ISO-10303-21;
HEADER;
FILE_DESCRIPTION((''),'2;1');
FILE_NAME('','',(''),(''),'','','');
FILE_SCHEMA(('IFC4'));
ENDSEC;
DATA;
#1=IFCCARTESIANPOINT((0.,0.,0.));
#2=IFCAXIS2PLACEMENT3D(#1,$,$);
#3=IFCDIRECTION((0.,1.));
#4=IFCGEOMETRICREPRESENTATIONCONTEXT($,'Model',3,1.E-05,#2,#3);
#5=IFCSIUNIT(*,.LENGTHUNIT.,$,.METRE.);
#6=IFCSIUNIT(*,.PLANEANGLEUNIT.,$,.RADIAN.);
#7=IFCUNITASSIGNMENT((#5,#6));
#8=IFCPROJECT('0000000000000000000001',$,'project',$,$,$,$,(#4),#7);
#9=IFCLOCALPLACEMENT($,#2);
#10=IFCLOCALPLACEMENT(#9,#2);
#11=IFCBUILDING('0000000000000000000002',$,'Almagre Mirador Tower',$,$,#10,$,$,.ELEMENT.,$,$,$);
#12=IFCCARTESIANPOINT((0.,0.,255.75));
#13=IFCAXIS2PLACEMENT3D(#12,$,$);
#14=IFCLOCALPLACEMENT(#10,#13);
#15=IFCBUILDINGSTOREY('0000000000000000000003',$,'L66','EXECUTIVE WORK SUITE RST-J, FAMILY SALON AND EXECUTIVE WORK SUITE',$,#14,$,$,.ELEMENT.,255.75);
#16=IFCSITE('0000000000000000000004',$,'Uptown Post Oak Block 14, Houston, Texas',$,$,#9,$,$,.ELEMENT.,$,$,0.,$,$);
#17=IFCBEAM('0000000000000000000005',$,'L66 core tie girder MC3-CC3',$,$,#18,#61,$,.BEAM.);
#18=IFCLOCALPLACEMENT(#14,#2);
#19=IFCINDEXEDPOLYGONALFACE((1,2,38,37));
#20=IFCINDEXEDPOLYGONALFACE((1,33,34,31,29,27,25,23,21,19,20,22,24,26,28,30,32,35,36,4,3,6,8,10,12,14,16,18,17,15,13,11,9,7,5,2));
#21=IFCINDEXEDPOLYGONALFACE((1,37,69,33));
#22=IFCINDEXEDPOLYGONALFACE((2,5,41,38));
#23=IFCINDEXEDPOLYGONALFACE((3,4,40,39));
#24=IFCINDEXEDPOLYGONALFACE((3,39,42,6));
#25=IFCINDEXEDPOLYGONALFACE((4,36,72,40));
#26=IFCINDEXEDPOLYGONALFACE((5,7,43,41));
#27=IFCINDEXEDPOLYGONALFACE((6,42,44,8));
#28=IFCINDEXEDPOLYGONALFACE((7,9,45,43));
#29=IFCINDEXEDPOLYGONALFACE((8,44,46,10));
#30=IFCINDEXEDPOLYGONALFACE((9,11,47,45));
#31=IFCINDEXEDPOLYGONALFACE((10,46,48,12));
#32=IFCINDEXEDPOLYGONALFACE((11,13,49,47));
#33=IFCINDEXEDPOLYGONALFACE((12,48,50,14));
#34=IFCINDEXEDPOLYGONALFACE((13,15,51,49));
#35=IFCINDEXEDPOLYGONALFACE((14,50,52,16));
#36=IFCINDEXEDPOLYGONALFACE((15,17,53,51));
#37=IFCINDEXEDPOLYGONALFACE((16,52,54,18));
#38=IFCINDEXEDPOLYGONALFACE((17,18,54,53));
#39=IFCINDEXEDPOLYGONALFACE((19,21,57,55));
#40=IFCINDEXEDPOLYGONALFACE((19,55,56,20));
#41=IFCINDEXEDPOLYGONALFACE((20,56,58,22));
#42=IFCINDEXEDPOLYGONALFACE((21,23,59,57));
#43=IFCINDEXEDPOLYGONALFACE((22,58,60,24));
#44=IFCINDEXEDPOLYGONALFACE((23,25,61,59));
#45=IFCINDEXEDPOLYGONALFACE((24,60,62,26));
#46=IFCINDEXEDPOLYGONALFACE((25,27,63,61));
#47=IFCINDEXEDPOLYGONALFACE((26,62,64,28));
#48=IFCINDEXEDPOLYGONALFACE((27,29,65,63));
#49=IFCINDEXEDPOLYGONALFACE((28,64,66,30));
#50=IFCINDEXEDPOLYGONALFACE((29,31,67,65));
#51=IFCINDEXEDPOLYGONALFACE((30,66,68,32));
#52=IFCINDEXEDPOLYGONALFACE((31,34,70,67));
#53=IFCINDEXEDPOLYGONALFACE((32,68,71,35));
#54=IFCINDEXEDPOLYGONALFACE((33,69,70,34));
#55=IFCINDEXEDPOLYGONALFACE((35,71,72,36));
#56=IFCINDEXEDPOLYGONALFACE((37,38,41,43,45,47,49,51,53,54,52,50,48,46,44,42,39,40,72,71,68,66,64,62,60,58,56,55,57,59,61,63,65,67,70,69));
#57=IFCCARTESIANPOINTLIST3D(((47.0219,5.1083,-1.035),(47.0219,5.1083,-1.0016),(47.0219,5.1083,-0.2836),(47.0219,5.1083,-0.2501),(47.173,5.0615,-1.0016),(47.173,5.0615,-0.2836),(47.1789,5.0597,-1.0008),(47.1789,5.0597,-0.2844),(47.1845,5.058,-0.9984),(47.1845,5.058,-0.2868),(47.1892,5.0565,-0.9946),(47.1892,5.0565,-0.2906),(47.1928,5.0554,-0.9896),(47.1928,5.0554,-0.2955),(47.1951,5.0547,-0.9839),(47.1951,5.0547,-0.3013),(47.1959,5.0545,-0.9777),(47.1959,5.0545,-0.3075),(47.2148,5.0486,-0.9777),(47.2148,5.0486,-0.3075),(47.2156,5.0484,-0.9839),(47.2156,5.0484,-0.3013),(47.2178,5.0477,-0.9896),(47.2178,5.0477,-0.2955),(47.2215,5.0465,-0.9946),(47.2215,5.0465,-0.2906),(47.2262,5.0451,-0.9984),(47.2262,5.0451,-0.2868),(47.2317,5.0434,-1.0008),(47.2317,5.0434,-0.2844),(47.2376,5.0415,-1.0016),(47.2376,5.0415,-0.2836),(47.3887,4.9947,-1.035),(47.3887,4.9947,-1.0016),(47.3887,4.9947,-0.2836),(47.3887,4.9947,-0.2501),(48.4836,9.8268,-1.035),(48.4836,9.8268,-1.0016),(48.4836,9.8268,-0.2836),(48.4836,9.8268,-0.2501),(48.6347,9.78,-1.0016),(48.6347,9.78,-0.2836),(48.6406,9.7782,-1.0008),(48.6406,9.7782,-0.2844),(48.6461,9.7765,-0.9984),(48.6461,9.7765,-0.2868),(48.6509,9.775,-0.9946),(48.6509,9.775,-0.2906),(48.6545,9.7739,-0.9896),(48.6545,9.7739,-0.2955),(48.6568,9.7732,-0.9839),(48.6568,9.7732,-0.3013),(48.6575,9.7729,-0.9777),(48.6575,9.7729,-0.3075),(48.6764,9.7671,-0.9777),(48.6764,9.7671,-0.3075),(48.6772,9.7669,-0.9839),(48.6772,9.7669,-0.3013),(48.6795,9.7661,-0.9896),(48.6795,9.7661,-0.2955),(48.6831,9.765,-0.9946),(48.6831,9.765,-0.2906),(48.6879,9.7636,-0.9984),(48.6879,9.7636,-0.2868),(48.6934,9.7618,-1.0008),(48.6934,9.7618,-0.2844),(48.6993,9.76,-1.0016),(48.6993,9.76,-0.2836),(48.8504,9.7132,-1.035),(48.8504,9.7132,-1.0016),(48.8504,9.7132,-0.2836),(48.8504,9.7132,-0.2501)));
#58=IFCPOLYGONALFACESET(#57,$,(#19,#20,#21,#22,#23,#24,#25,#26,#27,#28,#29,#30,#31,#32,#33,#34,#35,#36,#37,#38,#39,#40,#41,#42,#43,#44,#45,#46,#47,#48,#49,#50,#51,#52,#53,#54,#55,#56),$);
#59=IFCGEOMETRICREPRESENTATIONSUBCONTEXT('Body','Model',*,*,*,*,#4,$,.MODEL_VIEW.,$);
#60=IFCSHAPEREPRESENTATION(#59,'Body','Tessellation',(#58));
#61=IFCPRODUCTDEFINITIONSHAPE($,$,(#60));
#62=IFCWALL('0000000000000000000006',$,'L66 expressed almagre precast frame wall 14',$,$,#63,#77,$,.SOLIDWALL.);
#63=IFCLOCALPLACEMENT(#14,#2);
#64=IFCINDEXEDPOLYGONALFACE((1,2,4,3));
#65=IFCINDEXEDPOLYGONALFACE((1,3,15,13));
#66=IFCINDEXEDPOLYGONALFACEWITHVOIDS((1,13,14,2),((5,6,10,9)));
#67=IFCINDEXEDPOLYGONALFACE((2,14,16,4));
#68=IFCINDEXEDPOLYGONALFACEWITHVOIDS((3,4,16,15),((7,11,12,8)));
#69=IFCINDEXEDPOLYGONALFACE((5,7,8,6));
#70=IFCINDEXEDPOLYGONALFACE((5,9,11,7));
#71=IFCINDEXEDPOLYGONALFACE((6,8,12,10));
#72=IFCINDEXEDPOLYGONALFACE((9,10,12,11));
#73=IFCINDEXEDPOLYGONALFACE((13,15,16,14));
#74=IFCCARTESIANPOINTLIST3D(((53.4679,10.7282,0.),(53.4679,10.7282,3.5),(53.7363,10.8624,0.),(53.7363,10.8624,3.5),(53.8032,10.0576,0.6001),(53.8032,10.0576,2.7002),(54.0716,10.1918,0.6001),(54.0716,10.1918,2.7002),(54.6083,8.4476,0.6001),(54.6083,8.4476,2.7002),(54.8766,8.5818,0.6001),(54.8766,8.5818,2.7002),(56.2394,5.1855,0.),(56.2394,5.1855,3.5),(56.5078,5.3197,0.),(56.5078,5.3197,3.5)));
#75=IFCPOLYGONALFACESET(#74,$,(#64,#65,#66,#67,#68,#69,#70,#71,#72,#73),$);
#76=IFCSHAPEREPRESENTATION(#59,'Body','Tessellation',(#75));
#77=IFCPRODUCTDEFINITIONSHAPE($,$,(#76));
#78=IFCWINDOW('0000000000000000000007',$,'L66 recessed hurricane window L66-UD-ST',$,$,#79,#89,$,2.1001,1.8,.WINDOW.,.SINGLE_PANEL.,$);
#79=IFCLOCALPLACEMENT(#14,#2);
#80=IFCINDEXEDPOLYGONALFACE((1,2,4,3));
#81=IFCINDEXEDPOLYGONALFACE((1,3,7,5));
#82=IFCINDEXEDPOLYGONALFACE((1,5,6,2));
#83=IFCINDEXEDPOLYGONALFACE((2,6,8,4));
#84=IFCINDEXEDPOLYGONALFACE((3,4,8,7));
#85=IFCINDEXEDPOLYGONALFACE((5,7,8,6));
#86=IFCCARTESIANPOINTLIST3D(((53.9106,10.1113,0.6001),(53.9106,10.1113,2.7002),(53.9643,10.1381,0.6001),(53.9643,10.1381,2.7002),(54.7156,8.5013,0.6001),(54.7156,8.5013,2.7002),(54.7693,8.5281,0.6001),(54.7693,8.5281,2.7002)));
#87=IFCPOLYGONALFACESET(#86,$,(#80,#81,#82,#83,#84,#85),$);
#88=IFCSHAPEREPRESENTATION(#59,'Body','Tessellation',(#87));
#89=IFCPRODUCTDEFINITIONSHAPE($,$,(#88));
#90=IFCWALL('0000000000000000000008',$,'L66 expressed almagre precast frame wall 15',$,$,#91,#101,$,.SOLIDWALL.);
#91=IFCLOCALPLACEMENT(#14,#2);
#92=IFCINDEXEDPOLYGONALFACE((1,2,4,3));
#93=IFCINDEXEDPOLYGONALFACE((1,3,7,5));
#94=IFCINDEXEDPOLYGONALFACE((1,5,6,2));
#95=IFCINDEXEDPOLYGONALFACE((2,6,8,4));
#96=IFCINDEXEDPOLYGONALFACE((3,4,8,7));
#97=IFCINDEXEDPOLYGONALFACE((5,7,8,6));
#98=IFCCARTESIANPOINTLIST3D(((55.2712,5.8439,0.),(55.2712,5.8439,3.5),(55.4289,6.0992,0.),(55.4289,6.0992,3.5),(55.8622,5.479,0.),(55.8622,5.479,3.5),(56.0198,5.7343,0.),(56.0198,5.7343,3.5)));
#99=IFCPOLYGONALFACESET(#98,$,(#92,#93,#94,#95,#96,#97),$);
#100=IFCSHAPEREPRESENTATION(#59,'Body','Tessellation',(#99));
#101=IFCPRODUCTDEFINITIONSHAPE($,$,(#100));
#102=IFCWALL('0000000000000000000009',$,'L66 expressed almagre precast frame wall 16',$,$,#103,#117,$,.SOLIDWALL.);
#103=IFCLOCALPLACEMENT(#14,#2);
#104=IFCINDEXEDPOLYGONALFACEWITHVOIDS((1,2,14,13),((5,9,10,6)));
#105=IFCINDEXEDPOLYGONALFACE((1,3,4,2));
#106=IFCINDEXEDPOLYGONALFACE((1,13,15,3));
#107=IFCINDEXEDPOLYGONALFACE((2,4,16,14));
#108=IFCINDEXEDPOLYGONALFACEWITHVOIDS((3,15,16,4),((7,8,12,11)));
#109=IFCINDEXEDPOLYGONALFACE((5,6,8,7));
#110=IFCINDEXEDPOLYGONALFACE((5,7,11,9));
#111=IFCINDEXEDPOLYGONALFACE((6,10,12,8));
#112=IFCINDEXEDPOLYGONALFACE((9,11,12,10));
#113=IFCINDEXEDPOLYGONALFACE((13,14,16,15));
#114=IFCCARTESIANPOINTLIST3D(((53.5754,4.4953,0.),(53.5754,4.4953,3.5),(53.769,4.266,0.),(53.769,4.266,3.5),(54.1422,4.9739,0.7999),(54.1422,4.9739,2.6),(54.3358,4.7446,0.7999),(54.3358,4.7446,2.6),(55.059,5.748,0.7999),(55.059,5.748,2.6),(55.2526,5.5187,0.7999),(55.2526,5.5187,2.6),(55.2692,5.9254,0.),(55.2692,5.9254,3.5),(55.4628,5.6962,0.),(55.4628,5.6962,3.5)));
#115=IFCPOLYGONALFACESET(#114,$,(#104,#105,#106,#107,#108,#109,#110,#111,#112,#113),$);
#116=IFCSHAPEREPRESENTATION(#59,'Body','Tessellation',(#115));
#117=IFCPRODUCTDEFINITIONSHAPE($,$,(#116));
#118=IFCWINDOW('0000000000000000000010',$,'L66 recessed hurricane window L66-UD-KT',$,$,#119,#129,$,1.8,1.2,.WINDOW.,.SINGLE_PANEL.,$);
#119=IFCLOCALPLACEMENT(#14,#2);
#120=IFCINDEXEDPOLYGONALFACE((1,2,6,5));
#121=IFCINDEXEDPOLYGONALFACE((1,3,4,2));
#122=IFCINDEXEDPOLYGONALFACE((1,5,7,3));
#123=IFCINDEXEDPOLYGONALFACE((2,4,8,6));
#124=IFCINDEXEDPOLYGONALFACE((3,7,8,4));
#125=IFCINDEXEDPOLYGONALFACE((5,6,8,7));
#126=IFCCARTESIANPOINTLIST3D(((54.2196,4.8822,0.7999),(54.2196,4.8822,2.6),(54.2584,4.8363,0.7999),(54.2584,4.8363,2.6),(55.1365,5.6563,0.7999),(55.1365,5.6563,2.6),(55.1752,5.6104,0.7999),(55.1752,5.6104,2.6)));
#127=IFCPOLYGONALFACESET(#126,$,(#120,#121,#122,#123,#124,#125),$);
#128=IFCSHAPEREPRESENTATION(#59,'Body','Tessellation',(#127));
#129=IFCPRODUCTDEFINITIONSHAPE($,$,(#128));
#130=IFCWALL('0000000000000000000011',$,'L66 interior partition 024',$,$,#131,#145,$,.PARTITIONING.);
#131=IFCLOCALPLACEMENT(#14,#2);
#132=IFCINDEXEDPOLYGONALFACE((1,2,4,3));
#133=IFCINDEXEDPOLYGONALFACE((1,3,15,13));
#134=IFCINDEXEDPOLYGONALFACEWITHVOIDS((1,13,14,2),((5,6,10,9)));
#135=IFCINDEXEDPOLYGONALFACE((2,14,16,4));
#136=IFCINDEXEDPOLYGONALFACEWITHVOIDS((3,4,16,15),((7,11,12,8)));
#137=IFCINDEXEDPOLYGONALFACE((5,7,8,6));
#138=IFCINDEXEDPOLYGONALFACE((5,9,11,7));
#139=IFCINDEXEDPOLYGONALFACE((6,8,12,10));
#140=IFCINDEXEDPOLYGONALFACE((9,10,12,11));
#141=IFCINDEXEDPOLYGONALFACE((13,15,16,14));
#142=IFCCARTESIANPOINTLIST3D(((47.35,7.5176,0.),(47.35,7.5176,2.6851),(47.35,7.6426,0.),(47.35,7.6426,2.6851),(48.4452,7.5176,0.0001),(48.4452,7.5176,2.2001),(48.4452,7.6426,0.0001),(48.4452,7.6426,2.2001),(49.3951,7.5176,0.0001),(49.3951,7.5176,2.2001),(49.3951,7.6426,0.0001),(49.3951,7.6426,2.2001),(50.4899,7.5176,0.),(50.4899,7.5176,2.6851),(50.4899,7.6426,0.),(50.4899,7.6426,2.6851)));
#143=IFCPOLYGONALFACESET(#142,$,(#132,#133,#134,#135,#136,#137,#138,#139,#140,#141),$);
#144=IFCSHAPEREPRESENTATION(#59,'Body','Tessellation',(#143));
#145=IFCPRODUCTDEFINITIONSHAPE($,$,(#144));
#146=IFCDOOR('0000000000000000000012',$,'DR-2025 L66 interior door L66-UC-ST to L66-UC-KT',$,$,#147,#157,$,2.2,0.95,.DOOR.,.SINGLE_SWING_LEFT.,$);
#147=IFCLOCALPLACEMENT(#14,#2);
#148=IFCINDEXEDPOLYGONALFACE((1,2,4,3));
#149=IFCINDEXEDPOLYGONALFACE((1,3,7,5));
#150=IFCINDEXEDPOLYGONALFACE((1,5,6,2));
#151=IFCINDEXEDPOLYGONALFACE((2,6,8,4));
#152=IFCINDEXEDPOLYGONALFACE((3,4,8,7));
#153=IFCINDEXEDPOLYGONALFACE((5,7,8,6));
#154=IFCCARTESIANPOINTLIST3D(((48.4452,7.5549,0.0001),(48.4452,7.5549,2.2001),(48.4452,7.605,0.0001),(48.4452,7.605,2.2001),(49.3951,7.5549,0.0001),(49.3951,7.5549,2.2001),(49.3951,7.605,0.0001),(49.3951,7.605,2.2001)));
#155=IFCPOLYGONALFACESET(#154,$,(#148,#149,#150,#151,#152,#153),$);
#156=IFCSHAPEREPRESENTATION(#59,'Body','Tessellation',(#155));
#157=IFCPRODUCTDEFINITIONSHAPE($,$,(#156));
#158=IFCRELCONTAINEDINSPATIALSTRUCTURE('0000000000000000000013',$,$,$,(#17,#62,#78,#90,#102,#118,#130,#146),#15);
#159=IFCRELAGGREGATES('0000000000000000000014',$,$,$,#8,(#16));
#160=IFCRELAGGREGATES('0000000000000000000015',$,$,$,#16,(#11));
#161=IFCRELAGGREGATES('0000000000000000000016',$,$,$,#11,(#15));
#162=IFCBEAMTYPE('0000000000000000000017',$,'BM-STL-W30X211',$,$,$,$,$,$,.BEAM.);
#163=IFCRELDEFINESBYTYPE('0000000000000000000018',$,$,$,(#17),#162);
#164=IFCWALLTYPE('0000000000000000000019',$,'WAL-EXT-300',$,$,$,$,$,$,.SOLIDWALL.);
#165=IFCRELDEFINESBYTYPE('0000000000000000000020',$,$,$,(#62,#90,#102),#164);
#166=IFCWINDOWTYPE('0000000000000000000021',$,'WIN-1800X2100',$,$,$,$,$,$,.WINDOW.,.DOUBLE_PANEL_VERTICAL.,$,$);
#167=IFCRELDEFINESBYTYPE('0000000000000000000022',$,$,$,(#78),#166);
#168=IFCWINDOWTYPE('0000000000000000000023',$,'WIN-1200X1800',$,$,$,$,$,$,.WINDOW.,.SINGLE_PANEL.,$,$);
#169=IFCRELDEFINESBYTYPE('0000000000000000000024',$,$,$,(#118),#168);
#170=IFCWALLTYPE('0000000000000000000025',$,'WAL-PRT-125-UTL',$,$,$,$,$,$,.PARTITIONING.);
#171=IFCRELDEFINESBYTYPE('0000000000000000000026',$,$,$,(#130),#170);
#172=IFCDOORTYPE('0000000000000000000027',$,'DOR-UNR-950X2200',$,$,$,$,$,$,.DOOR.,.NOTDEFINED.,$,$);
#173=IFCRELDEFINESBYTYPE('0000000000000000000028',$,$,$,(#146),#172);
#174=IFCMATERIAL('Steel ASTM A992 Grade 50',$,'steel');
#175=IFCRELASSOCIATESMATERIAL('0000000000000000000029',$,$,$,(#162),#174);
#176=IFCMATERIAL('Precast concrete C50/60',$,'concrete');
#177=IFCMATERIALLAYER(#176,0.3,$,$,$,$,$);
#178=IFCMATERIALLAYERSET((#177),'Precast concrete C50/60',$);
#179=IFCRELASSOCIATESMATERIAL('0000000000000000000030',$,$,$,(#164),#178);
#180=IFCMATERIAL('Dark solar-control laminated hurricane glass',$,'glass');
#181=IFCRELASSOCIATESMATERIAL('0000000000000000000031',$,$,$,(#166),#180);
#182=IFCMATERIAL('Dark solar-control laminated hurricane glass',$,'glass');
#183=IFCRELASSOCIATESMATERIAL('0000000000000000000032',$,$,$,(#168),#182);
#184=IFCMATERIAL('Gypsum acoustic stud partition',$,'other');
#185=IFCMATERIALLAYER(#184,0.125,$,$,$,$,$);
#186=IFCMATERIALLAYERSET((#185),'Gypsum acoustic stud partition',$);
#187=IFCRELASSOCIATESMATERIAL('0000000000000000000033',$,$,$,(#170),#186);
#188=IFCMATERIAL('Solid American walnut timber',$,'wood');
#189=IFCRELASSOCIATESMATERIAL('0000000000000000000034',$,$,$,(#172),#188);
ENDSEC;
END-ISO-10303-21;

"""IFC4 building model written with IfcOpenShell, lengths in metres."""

from ifc_helpers import new_model, si_unit, direction, frame, frame_2d, origin, origin_2d, place, context, subcontext, project, spatial, rectangle, i_section, extrude, material, layer, layer_set, material_profile, profile_set, type_object, element, fill, save


model = new_model("IFC4")

# Units and contexts
model_context = context("Model", 3, precision=1e-05, world=origin(), true_north=direction((0.0, 1.0)))
body_context = subcontext(model_context, "Body", "Model", "MODEL_VIEW")
ifc_project = project(units=[si_unit("LENGTHUNIT", "METRE"), si_unit("PLANEANGLEUNIT", "RADIAN")], contexts=[model_context])

# Site, building, storey
site_placement = place(None, origin())
site = spatial("IfcSite", under=ifc_project, at=site_placement, Name="Uptown Post Oak Block 14, Houston, Texas", CompositionType="ELEMENT", RefElevation=0.0)
building_placement = place(site_placement, origin())
building = spatial("IfcBuilding", under=site, at=building_placement, Name="Almagre Mirador Tower", CompositionType="ELEMENT")
storey_placement = place(building_placement, frame((0.0, 0.0, 255.75)))
storey = spatial("IfcBuildingStorey", under=building, at=storey_placement, Name="L66", Description="EXECUTIVE WORK SUITE RST-J, FAMILY SALON AND EXECUTIVE WORK SUITE", CompositionType="ELEMENT", Elevation=255.75)

# Beam
ifc_material_1 = material(Name="Steel ASTM A992 Grade 50", Category="steel")
ifc_material_profile_1 = material_profile(ifc_material_1, i_section(OverallWidth=0.384, OverallDepth=0.7849, WebThickness=0.0198, FlangeThickness=0.0334, FilletRadius=0.0239, at=origin_2d()), Name="W30X211")
ifc_profile_set_1 = profile_set([ifc_material_profile_1], Name="Steel ASTM A992 Grade 50")
beam_type_1 = type_object("IfcBeamType", Name="BM-STL-W30X211", PredefinedType="BEAM", material=ifc_profile_set_1)
beam_1_placement = place(storey_placement, frame((48.667, 9.77, -0.6426), z_axis=(-0.295902, -0.955218, 0.0), x_axis=(0.955218, -0.295902, 0.0)))
element("IfcBeam", 1, at=beam_1_placement, inside=storey, type_object=beam_type_1, Name="L66 core tie girder MC3-CC3", PredefinedType="BEAM", context=body_context, shape_type="SweptSolid", body=[
    extrude(i_section(OverallWidth=0.384, OverallDepth=0.7849, WebThickness=0.0198, FlangeThickness=0.0334, FilletRadius=0.0239, at=origin_2d()), origin(), (0.0, 0.0, 1.0), 4.9397),
])

# Wall, opening, window
ifc_material_2 = material(Name="Precast concrete C50/60", Category="concrete")
ifc_layer_1 = layer(ifc_material_2, 0.3)
ifc_layer_set_1 = layer_set([ifc_layer_1], Name="Precast concrete C50/60")
wall_type_1 = type_object("IfcWallType", Name="WAL-EXT-300", PredefinedType="SOLIDWALL", material=ifc_layer_set_1)
wall_1_placement = place(storey_placement, frame((53.6021, 10.7954, 0.0), z_axis=(0.0, 0.0, 1.0), x_axis=(0.447229, -0.894419, 0.0)))
wall_1 = element("IfcWall", 2, at=wall_1_placement, inside=storey, type_object=wall_type_1, Name="L66 expressed almagre precast frame wall 14", PredefinedType="SOLIDWALL", context=body_context, shape_type="SweptSolid", body=[
    extrude(rectangle(XDim=6.197, YDim=0.3, at=frame_2d((3.0986, 0.0))), origin(), (0.0, 0.0, 1.0), 3.5),
])
opening_1_placement = place(wall_1_placement, frame((0.75, 0.0, 0.6001)))
opening_1 = element("IfcOpeningElement", 3, at=opening_1_placement, cuts=wall_1, PredefinedType="OPENING", context=body_context, shape_type="SweptSolid", body=[
    extrude(rectangle(XDim=1.8, YDim=2.1001, at=frame_2d((0.8999, 1.05))), frame((0.0, 0.1599, 0.0), z_axis=(0.0, -1.0, 0.0), x_axis=(1.0, 0.0, 0.0)), (0.0, 0.0, 1.0), 0.32),
])
ifc_material_3 = material(Name="Dark solar-control laminated hurricane glass", Category="glass")
window_type_1 = type_object("IfcWindowType", Name="WIN-1800X2100", PartitioningType="DOUBLE_PANEL_VERTICAL", PredefinedType="WINDOW", material=ifc_material_3)
window_1_placement = place(opening_1_placement, origin())
window_1 = element("IfcWindow", 4, at=window_1_placement, inside=storey, type_object=window_type_1, Name="L66 recessed hurricane window L66-UD-ST", OverallHeight=2.1001, OverallWidth=1.8, PartitioningType="SINGLE_PANEL", PredefinedType="WINDOW", context=body_context, shape_type="SweptSolid", body=[
    extrude(rectangle(XDim=1.8, YDim=2.1001, at=frame_2d((0.8999, 1.05))), frame((0.0, 0.03, 0.0), z_axis=(0.0, -1.0, 0.0), x_axis=(1.0, 0.0, 0.0)), (0.0, 0.0, 1.0), 0.0601),
])
fill(opening_1, window_1)

# Wall
wall_2_placement = place(storey_placement, frame((55.9409, 5.6067, 0.0), z_axis=(0.0, 0.0, 1.0), x_axis=(-0.850849, 0.525411, 0.0)))
element("IfcWall", 5, at=wall_2_placement, inside=storey, type_object=wall_type_1, Name="L66 expressed almagre precast frame wall 15", PredefinedType="SOLIDWALL", context=body_context, shape_type="SweptSolid", body=[
    extrude(rectangle(XDim=0.6946, YDim=0.3, at=frame_2d((0.3472, 0.0))), origin(), (0.0, 0.0, 1.0), 3.5),
])

# Wall, opening, window
wall_3_placement = place(storey_placement, frame((55.366, 5.8108, 0.0), z_axis=(0.0, 0.0, 1.0), x_axis=(-0.764071, -0.645132, 0.0)))
wall_3 = element("IfcWall", 6, at=wall_3_placement, inside=storey, type_object=wall_type_1, Name="L66 expressed almagre precast frame wall 16", PredefinedType="SOLIDWALL", context=body_context, shape_type="SweptSolid", body=[
    extrude(rectangle(XDim=2.2168, YDim=0.3, at=frame_2d((1.1084, 0.0))), origin(), (0.0, 0.0, 1.0), 3.5),
])
opening_2_placement = place(wall_3_placement, frame((0.2749, 0.0, 0.8)))
opening_2 = element("IfcOpeningElement", 7, at=opening_2_placement, cuts=wall_3, PredefinedType="OPENING", context=body_context, shape_type="SweptSolid", body=[
    extrude(rectangle(XDim=1.2, YDim=1.8, at=frame_2d((0.6001, 0.8999))), frame((0.0, 0.1599, 0.0), z_axis=(0.0, -1.0, 0.0), x_axis=(1.0, 0.0, 0.0)), (0.0, 0.0, 1.0), 0.32),
])
ifc_material_4 = material(Name="Dark solar-control laminated hurricane glass", Category="glass")
window_type_2 = type_object("IfcWindowType", Name="WIN-1200X1800", PartitioningType="SINGLE_PANEL", PredefinedType="WINDOW", material=ifc_material_4)
window_2_placement = place(opening_2_placement, origin())
window_2 = element("IfcWindow", 8, at=window_2_placement, inside=storey, type_object=window_type_2, Name="L66 recessed hurricane window L66-UD-KT", OverallHeight=1.8, OverallWidth=1.2, PartitioningType="SINGLE_PANEL", PredefinedType="WINDOW", context=body_context, shape_type="SweptSolid", body=[
    extrude(rectangle(XDim=1.2, YDim=1.8, at=frame_2d((0.6001, 0.8999))), frame((0.0, 0.03, 0.0), z_axis=(0.0, -1.0, 0.0), x_axis=(1.0, 0.0, 0.0)), (0.0, 0.0, 1.0), 0.0601),
])
fill(opening_2, window_2)

# Wall, opening, door
ifc_material_5 = material(Name="Gypsum acoustic stud partition", Category="other")
ifc_layer_2 = layer(ifc_material_5, 0.125)
ifc_layer_set_2 = layer_set([ifc_layer_2], Name="Gypsum acoustic stud partition")
wall_type_2 = type_object("IfcWallType", Name="WAL-PRT-125-UTL", PredefinedType="PARTITIONING", material=ifc_layer_set_2)
wall_4_placement = place(storey_placement, frame((47.3501, 7.5801, 0.0), z_axis=(0.0, 0.0, 1.0), x_axis=(1.0, 0.0, 0.0)))
wall_4 = element("IfcWall", 9, at=wall_4_placement, inside=storey, type_object=wall_type_2, Name="L66 interior partition 024", PredefinedType="PARTITIONING", context=body_context, shape_type="SweptSolid", body=[
    extrude(rectangle(XDim=3.1399, YDim=0.125, at=frame_2d((1.5698, 0.0))), origin(), (0.0, 0.0, 1.0), 2.6851),
])
opening_3_placement = place(wall_4_placement, frame((1.095, 0.0, 0.0)))
opening_3 = element("IfcOpeningElement", 10, at=opening_3_placement, cuts=wall_4, PredefinedType="OPENING", context=body_context, shape_type="SweptSolid", body=[
    extrude(rectangle(XDim=0.95, YDim=2.2, at=frame_2d((0.4751, 1.1001))), frame((0.0, 0.0725, 0.0), z_axis=(0.0, -1.0, 0.0), x_axis=(1.0, 0.0, 0.0)), (0.0, 0.0, 1.0), 0.145),
])
ifc_material_6 = material(Name="Solid American walnut timber", Category="wood")
door_type_1 = type_object("IfcDoorType", Name="DOR-UNR-950X2200", OperationType="NOTDEFINED", PredefinedType="DOOR", material=ifc_material_6)
door_1_placement = place(opening_3_placement, origin())
door_1 = element("IfcDoor", 11, at=door_1_placement, inside=storey, type_object=door_type_1, Name="DR-2025 L66 interior door L66-UC-ST to L66-UC-KT", OperationType="SINGLE_SWING_LEFT", OverallHeight=2.2, OverallWidth=0.95, PredefinedType="DOOR", context=body_context, shape_type="SweptSolid", body=[
    extrude(rectangle(XDim=0.95, YDim=2.2, at=frame_2d((0.4751, 1.1001))), frame((0.0, 0.0249, 0.0), z_axis=(0.0, -1.0, 0.0), x_axis=(1.0, 0.0, 0.0)), (0.0, 0.0, 1.0), 0.05),
])
fill(opening_3, door_1)

save(model, "model.ifc")
